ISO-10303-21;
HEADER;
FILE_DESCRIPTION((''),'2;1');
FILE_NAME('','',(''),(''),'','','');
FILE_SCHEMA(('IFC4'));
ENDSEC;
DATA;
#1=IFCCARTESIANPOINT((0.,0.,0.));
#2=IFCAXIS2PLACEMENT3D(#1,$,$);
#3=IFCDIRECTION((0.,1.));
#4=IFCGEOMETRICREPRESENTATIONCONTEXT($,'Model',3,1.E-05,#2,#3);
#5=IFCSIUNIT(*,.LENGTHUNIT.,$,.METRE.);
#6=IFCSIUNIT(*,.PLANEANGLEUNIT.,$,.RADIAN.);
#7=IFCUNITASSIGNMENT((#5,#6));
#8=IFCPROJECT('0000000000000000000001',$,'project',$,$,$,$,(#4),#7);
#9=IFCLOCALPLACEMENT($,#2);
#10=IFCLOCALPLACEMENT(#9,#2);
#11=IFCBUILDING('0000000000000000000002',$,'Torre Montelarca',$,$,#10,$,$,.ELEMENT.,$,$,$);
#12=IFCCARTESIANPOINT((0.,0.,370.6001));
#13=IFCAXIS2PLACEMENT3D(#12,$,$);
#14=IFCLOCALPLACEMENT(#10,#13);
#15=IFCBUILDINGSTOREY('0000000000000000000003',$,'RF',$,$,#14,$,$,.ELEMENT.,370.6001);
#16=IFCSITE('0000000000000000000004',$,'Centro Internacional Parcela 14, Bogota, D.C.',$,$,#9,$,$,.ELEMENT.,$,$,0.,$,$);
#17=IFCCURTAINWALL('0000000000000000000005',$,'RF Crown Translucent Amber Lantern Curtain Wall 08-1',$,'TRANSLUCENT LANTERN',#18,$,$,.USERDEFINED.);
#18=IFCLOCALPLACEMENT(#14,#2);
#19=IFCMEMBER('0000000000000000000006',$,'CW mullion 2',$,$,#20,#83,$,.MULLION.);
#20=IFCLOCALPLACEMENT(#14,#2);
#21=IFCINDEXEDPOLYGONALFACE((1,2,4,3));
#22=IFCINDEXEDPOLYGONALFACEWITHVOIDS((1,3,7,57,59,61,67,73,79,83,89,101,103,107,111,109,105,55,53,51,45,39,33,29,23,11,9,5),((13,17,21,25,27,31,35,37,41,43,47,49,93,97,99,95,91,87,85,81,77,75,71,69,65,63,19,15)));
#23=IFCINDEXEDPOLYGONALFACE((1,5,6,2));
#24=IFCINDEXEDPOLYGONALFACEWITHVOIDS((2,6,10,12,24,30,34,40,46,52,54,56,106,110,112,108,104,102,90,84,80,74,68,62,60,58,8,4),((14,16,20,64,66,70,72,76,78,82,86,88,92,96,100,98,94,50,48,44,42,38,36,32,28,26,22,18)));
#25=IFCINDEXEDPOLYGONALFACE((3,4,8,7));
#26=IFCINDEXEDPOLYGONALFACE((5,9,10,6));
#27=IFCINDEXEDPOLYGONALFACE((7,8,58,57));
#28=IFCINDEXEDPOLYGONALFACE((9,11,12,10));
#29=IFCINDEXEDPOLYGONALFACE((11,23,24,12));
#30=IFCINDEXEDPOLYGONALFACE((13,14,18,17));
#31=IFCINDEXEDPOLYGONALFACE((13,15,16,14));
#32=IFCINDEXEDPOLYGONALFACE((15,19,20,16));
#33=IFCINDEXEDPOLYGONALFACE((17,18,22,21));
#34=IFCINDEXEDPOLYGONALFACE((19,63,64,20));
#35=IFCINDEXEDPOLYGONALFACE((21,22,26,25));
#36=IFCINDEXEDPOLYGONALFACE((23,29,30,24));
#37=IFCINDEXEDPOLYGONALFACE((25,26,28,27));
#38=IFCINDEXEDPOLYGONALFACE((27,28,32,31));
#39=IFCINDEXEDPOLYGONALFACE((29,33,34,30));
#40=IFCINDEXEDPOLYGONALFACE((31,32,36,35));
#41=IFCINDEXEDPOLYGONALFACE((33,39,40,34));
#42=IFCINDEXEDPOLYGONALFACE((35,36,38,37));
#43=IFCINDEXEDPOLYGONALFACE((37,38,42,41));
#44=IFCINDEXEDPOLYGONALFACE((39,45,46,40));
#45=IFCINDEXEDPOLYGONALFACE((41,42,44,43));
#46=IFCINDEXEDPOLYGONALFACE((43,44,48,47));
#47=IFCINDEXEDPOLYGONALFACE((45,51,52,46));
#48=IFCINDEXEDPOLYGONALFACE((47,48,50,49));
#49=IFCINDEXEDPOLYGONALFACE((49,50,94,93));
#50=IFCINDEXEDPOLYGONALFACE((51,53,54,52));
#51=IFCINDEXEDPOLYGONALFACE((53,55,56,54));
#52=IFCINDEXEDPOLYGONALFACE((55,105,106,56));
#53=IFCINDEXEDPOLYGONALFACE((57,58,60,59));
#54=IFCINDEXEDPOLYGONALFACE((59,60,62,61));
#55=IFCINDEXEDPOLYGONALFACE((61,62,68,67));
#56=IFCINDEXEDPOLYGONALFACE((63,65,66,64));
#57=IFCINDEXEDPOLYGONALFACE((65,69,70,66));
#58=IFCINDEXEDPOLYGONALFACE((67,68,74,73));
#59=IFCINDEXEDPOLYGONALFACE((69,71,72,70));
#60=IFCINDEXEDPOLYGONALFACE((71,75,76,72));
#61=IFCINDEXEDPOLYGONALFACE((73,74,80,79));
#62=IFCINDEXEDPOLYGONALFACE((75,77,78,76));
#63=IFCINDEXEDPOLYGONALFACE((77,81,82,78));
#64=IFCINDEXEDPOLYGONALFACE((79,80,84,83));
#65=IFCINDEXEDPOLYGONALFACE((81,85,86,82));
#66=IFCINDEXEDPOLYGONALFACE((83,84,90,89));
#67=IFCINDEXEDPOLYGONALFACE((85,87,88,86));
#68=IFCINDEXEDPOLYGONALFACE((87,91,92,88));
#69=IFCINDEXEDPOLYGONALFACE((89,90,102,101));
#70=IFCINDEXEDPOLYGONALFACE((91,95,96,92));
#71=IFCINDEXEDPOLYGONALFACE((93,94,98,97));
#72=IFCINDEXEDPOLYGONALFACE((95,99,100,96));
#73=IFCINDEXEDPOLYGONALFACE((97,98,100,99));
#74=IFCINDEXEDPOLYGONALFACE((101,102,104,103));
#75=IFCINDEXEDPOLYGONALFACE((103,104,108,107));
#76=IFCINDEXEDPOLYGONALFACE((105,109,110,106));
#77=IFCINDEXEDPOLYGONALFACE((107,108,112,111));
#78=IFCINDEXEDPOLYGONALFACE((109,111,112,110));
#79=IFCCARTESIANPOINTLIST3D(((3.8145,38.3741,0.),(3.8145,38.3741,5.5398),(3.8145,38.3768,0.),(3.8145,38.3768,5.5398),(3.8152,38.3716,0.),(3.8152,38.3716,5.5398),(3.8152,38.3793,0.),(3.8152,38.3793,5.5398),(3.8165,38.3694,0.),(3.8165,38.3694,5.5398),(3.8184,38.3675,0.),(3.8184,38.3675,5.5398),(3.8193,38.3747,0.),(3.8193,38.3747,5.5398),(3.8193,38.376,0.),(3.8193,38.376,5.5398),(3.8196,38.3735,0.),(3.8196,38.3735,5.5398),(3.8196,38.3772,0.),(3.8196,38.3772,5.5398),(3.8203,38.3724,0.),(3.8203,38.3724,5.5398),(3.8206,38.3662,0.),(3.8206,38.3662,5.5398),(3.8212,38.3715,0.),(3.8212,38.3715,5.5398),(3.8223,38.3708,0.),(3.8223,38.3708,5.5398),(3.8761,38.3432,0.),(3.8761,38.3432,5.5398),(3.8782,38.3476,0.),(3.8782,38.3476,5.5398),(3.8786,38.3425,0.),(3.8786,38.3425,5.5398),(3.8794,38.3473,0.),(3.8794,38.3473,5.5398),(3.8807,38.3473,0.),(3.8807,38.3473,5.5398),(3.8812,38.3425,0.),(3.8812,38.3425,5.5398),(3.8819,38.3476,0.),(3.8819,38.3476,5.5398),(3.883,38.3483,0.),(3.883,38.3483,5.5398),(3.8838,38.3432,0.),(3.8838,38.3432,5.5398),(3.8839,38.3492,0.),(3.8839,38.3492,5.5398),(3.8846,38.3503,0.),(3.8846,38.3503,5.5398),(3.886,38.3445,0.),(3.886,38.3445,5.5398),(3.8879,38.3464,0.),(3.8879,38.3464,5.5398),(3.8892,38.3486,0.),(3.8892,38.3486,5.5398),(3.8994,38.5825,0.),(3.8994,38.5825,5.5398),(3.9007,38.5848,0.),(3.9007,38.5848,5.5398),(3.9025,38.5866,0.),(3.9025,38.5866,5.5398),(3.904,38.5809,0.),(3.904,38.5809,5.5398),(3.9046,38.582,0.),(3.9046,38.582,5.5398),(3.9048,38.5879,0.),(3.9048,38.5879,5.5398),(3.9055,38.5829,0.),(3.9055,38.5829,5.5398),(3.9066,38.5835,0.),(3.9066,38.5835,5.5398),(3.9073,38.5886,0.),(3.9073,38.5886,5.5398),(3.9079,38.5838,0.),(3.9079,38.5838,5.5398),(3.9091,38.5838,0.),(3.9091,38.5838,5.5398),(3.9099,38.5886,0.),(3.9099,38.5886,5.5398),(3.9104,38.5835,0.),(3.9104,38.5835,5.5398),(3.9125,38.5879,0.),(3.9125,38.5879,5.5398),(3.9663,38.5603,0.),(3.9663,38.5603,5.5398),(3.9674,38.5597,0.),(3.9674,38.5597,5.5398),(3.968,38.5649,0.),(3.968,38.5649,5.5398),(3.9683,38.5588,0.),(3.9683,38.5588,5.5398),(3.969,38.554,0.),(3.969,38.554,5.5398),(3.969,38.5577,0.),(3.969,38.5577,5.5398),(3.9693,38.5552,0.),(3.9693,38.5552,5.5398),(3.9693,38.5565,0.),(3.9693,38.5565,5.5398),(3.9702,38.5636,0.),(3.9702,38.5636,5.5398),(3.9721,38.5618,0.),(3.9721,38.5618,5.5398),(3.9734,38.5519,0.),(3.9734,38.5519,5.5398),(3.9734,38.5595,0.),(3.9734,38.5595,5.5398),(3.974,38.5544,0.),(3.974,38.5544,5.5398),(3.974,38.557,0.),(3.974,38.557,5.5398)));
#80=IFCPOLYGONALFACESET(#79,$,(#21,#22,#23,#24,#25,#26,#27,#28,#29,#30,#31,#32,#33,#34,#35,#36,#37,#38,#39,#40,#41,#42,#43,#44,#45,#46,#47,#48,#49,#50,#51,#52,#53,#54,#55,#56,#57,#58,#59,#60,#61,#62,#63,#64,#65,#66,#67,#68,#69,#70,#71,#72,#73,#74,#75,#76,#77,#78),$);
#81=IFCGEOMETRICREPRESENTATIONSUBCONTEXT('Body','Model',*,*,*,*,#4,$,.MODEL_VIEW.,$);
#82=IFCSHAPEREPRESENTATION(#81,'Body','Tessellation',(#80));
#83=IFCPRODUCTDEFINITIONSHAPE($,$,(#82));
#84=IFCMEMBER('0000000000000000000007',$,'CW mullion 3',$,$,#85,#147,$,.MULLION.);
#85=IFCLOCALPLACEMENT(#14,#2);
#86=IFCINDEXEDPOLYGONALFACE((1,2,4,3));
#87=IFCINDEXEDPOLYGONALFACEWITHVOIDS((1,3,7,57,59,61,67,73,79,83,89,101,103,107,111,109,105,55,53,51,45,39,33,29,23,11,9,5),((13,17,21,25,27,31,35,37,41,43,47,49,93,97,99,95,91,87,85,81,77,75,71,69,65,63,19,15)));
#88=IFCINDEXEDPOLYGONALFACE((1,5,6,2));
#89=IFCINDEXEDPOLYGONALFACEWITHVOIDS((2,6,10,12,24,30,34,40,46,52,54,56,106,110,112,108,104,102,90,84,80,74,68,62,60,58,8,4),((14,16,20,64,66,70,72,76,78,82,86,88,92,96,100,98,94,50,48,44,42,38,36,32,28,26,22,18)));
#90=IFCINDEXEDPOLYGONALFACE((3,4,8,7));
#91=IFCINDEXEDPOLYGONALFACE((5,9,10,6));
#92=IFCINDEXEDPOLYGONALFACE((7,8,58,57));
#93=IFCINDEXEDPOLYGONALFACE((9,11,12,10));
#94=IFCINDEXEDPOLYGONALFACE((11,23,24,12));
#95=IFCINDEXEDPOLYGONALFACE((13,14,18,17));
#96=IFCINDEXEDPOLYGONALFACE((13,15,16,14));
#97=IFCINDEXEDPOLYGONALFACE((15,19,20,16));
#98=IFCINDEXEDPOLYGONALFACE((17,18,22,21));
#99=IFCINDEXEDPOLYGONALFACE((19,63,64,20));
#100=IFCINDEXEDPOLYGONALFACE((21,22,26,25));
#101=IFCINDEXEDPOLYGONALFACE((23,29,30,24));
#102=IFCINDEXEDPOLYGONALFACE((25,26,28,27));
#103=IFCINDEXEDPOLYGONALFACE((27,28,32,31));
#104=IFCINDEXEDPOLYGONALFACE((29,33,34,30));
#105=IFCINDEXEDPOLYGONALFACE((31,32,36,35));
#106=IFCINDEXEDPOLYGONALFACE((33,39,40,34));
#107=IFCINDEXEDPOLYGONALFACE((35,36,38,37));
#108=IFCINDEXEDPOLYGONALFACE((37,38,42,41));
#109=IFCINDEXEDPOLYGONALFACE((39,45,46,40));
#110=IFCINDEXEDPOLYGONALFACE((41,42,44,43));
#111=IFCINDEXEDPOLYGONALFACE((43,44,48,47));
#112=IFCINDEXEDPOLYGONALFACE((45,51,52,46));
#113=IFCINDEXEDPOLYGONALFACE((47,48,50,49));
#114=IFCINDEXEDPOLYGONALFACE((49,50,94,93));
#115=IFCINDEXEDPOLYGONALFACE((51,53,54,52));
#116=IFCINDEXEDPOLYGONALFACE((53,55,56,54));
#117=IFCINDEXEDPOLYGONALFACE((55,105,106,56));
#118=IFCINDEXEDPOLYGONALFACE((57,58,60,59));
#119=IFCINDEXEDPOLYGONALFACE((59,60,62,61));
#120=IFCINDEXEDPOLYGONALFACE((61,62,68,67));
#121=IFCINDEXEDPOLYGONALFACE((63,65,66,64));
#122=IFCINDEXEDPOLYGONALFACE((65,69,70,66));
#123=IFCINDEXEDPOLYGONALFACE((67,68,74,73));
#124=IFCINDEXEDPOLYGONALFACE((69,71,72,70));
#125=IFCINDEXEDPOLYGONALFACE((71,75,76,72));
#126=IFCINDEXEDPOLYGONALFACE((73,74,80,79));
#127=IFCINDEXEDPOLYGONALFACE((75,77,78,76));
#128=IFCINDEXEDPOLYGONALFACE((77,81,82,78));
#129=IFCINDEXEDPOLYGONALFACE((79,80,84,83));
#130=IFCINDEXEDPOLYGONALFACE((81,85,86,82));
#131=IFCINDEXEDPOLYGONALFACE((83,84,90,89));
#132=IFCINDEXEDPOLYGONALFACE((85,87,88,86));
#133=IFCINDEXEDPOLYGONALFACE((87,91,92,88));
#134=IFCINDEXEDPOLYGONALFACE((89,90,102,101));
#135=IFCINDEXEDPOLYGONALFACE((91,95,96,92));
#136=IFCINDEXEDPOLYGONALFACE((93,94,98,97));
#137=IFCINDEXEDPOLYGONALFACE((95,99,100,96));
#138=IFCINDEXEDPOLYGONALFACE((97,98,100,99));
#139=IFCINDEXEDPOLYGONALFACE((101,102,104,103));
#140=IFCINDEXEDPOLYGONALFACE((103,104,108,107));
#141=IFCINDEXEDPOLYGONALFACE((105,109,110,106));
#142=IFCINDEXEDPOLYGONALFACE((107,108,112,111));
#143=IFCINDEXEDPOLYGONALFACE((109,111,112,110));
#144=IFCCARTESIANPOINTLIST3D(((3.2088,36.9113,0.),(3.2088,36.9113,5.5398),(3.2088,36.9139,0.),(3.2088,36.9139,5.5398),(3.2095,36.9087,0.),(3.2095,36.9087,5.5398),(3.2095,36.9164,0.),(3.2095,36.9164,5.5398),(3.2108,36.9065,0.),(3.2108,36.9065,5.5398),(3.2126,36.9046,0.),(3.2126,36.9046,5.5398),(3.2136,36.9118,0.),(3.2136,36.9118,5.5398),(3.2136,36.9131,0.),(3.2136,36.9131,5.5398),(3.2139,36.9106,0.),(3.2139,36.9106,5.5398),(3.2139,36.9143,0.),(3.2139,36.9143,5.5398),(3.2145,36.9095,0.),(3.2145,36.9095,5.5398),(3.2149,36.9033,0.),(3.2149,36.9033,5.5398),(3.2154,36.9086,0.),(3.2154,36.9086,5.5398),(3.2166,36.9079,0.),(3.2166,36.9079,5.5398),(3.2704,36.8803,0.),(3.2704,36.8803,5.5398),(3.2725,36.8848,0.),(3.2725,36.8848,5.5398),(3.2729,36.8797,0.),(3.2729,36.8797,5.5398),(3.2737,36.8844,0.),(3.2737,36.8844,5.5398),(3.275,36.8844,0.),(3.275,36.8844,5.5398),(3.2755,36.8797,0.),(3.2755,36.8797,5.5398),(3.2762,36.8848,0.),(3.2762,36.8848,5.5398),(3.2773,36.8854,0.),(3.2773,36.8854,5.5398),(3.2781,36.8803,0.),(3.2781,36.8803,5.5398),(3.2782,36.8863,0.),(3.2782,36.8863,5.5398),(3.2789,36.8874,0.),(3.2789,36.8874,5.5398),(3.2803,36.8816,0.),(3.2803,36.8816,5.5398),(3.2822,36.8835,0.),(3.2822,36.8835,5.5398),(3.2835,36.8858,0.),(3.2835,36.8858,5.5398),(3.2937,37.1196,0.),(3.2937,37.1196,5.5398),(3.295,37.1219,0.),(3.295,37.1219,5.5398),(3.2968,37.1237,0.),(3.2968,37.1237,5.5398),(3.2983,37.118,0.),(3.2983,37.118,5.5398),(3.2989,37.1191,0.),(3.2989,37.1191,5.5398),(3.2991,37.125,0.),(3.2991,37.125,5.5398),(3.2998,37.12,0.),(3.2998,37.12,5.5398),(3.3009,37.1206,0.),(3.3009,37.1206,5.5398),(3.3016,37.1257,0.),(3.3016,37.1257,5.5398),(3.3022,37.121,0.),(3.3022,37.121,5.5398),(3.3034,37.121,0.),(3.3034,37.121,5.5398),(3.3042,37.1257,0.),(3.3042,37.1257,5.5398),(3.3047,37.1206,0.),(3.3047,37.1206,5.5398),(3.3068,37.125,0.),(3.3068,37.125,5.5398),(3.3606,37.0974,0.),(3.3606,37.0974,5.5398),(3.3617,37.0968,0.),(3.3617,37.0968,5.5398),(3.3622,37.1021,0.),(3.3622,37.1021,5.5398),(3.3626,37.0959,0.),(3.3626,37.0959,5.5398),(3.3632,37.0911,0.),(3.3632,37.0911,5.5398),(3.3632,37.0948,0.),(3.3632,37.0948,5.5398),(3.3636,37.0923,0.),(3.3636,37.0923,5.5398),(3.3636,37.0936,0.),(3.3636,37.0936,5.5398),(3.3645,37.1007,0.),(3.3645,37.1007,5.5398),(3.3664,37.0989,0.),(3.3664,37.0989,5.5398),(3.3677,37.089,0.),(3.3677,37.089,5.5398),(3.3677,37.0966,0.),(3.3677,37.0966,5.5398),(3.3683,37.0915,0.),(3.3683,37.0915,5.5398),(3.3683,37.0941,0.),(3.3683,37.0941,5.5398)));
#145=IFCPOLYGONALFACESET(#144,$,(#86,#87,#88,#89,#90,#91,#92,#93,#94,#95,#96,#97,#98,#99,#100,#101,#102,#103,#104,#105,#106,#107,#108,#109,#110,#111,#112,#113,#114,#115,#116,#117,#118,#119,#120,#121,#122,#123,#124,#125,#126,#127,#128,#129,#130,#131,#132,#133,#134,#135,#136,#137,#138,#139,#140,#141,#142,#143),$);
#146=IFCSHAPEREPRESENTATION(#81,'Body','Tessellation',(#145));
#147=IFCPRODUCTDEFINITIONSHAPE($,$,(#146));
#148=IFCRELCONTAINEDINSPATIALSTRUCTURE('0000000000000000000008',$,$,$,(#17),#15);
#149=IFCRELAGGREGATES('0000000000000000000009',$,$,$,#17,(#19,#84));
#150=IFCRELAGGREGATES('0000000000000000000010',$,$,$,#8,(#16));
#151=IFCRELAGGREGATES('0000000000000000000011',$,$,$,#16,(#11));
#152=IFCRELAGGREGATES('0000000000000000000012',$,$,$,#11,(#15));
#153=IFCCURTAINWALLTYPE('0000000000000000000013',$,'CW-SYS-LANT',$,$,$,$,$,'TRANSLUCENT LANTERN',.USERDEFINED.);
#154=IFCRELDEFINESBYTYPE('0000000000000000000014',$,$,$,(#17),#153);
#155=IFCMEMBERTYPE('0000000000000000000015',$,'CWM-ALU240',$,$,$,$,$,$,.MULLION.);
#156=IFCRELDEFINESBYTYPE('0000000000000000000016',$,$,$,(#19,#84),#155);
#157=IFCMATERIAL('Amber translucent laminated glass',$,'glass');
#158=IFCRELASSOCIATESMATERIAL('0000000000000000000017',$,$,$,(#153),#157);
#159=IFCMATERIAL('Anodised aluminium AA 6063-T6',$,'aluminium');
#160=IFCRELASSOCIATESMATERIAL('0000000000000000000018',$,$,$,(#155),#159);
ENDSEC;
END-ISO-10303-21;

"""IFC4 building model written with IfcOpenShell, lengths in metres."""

from ifc_helpers import new_model, si_unit, direction, frame, origin, origin_2d, place, context, subcontext, project, spatial, hollow_rectangle, extrude, source, transform, mapped, material, material_profile, profile_set, type_object, element, aggregate, save


model = new_model("IFC4")

# Units and contexts
model_context = context("Model", 3, precision=1e-05, world=origin(), true_north=direction((0.0, 1.0)))
body_context = subcontext(model_context, "Body", "Model", "MODEL_VIEW")
ifc_project = project(units=[si_unit("LENGTHUNIT", "METRE"), si_unit("PLANEANGLEUNIT", "RADIAN")], contexts=[model_context])

# Site, building, storey
site_placement = place(None, origin())
site = spatial("IfcSite", under=ifc_project, at=site_placement, Name="Centro Internacional Parcela 14, Bogota, D.C.", CompositionType="ELEMENT", RefElevation=0.0)
building_placement = place(site_placement, origin())
building = spatial("IfcBuilding", under=site, at=building_placement, Name="Torre Montelarca", CompositionType="ELEMENT")
storey_placement = place(building_placement, frame((0.0, 0.0, 370.6001)))
storey = spatial("IfcBuildingStorey", under=building, at=storey_placement, Name="RF", CompositionType="ELEMENT", Elevation=370.6001)

# Curtain wall, members
ifc_material_1 = material(Name="Amber translucent laminated glass", Category="glass")
curtain_wall_type = type_object("IfcCurtainWallType", Name="CW-SYS-LANT", ElementType="TRANSLUCENT LANTERN", PredefinedType="USERDEFINED", material=ifc_material_1)
ifc_material_2 = material(Name="Anodised aluminium AA 6063-T6", Category="aluminium")
ifc_material_profile_1 = material_profile(ifc_material_2, hollow_rectangle(XDim=0.0801, YDim=0.24, WallThickness=0.0049, InnerFilletRadius=0.0049, OuterFilletRadius=0.01, at=origin_2d()), Name="ALU80X240X5", Category="aluminium")
ifc_profile_set_1 = profile_set([ifc_material_profile_1], Name="Anodised aluminium AA 6063-T6")
member_type_1 = type_object("IfcMemberType", Name="CWM-ALU240", PredefinedType="MULLION", material=ifc_profile_set_1)
shared_shape_1 = source(origin(), body_context, "Body", "SweptSolid", [
    extrude(hollow_rectangle(XDim=0.0801, YDim=0.24, WallThickness=0.0049, InnerFilletRadius=0.0049, OuterFilletRadius=0.01, at=origin_2d()), origin(), (0.0, 0.0, 1.0), 5.5398),
])
curtain_wall_1_placement = place(storey_placement, origin())
curtain_wall_1 = element("IfcCurtainWall", 1, at=curtain_wall_1_placement, inside=storey, type_object=curtain_wall_type, Name="RF Crown Translucent Amber Lantern Curtain Wall 08-1", ObjectType="TRANSLUCENT LANTERN", PredefinedType="USERDEFINED")
member_1_placement = place(storey_placement, frame((3.8943, 38.4656, 0.0), z_axis=(0.0, 0.0, 1.0), x_axis=(0.923873, -0.3827, 0.0)))
member_1 = element("IfcMember", 2, at=member_1_placement, type_object=member_type_1, Name="CW mullion 2", PredefinedType="MULLION", context=body_context, shape_type="MappedRepresentation", body=[
    mapped(shared_shape_1, transform((0.0, 0.0, 0.0), scale=1.0)),
])
member_2_placement = place(storey_placement, frame((3.2886, 37.0027, 0.0), z_axis=(0.0, 0.0, 1.0), x_axis=(0.923873, -0.3827, 0.0)))
member_2 = element("IfcMember", 3, at=member_2_placement, type_object=member_type_1, Name="CW mullion 3", PredefinedType="MULLION", context=body_context, shape_type="MappedRepresentation", body=[
    mapped(shared_shape_1, transform((0.0, 0.0, 0.0), scale=1.0)),
])

aggregate(curtain_wall_1, [member_1, member_2])

save(model, "model.ifc")
